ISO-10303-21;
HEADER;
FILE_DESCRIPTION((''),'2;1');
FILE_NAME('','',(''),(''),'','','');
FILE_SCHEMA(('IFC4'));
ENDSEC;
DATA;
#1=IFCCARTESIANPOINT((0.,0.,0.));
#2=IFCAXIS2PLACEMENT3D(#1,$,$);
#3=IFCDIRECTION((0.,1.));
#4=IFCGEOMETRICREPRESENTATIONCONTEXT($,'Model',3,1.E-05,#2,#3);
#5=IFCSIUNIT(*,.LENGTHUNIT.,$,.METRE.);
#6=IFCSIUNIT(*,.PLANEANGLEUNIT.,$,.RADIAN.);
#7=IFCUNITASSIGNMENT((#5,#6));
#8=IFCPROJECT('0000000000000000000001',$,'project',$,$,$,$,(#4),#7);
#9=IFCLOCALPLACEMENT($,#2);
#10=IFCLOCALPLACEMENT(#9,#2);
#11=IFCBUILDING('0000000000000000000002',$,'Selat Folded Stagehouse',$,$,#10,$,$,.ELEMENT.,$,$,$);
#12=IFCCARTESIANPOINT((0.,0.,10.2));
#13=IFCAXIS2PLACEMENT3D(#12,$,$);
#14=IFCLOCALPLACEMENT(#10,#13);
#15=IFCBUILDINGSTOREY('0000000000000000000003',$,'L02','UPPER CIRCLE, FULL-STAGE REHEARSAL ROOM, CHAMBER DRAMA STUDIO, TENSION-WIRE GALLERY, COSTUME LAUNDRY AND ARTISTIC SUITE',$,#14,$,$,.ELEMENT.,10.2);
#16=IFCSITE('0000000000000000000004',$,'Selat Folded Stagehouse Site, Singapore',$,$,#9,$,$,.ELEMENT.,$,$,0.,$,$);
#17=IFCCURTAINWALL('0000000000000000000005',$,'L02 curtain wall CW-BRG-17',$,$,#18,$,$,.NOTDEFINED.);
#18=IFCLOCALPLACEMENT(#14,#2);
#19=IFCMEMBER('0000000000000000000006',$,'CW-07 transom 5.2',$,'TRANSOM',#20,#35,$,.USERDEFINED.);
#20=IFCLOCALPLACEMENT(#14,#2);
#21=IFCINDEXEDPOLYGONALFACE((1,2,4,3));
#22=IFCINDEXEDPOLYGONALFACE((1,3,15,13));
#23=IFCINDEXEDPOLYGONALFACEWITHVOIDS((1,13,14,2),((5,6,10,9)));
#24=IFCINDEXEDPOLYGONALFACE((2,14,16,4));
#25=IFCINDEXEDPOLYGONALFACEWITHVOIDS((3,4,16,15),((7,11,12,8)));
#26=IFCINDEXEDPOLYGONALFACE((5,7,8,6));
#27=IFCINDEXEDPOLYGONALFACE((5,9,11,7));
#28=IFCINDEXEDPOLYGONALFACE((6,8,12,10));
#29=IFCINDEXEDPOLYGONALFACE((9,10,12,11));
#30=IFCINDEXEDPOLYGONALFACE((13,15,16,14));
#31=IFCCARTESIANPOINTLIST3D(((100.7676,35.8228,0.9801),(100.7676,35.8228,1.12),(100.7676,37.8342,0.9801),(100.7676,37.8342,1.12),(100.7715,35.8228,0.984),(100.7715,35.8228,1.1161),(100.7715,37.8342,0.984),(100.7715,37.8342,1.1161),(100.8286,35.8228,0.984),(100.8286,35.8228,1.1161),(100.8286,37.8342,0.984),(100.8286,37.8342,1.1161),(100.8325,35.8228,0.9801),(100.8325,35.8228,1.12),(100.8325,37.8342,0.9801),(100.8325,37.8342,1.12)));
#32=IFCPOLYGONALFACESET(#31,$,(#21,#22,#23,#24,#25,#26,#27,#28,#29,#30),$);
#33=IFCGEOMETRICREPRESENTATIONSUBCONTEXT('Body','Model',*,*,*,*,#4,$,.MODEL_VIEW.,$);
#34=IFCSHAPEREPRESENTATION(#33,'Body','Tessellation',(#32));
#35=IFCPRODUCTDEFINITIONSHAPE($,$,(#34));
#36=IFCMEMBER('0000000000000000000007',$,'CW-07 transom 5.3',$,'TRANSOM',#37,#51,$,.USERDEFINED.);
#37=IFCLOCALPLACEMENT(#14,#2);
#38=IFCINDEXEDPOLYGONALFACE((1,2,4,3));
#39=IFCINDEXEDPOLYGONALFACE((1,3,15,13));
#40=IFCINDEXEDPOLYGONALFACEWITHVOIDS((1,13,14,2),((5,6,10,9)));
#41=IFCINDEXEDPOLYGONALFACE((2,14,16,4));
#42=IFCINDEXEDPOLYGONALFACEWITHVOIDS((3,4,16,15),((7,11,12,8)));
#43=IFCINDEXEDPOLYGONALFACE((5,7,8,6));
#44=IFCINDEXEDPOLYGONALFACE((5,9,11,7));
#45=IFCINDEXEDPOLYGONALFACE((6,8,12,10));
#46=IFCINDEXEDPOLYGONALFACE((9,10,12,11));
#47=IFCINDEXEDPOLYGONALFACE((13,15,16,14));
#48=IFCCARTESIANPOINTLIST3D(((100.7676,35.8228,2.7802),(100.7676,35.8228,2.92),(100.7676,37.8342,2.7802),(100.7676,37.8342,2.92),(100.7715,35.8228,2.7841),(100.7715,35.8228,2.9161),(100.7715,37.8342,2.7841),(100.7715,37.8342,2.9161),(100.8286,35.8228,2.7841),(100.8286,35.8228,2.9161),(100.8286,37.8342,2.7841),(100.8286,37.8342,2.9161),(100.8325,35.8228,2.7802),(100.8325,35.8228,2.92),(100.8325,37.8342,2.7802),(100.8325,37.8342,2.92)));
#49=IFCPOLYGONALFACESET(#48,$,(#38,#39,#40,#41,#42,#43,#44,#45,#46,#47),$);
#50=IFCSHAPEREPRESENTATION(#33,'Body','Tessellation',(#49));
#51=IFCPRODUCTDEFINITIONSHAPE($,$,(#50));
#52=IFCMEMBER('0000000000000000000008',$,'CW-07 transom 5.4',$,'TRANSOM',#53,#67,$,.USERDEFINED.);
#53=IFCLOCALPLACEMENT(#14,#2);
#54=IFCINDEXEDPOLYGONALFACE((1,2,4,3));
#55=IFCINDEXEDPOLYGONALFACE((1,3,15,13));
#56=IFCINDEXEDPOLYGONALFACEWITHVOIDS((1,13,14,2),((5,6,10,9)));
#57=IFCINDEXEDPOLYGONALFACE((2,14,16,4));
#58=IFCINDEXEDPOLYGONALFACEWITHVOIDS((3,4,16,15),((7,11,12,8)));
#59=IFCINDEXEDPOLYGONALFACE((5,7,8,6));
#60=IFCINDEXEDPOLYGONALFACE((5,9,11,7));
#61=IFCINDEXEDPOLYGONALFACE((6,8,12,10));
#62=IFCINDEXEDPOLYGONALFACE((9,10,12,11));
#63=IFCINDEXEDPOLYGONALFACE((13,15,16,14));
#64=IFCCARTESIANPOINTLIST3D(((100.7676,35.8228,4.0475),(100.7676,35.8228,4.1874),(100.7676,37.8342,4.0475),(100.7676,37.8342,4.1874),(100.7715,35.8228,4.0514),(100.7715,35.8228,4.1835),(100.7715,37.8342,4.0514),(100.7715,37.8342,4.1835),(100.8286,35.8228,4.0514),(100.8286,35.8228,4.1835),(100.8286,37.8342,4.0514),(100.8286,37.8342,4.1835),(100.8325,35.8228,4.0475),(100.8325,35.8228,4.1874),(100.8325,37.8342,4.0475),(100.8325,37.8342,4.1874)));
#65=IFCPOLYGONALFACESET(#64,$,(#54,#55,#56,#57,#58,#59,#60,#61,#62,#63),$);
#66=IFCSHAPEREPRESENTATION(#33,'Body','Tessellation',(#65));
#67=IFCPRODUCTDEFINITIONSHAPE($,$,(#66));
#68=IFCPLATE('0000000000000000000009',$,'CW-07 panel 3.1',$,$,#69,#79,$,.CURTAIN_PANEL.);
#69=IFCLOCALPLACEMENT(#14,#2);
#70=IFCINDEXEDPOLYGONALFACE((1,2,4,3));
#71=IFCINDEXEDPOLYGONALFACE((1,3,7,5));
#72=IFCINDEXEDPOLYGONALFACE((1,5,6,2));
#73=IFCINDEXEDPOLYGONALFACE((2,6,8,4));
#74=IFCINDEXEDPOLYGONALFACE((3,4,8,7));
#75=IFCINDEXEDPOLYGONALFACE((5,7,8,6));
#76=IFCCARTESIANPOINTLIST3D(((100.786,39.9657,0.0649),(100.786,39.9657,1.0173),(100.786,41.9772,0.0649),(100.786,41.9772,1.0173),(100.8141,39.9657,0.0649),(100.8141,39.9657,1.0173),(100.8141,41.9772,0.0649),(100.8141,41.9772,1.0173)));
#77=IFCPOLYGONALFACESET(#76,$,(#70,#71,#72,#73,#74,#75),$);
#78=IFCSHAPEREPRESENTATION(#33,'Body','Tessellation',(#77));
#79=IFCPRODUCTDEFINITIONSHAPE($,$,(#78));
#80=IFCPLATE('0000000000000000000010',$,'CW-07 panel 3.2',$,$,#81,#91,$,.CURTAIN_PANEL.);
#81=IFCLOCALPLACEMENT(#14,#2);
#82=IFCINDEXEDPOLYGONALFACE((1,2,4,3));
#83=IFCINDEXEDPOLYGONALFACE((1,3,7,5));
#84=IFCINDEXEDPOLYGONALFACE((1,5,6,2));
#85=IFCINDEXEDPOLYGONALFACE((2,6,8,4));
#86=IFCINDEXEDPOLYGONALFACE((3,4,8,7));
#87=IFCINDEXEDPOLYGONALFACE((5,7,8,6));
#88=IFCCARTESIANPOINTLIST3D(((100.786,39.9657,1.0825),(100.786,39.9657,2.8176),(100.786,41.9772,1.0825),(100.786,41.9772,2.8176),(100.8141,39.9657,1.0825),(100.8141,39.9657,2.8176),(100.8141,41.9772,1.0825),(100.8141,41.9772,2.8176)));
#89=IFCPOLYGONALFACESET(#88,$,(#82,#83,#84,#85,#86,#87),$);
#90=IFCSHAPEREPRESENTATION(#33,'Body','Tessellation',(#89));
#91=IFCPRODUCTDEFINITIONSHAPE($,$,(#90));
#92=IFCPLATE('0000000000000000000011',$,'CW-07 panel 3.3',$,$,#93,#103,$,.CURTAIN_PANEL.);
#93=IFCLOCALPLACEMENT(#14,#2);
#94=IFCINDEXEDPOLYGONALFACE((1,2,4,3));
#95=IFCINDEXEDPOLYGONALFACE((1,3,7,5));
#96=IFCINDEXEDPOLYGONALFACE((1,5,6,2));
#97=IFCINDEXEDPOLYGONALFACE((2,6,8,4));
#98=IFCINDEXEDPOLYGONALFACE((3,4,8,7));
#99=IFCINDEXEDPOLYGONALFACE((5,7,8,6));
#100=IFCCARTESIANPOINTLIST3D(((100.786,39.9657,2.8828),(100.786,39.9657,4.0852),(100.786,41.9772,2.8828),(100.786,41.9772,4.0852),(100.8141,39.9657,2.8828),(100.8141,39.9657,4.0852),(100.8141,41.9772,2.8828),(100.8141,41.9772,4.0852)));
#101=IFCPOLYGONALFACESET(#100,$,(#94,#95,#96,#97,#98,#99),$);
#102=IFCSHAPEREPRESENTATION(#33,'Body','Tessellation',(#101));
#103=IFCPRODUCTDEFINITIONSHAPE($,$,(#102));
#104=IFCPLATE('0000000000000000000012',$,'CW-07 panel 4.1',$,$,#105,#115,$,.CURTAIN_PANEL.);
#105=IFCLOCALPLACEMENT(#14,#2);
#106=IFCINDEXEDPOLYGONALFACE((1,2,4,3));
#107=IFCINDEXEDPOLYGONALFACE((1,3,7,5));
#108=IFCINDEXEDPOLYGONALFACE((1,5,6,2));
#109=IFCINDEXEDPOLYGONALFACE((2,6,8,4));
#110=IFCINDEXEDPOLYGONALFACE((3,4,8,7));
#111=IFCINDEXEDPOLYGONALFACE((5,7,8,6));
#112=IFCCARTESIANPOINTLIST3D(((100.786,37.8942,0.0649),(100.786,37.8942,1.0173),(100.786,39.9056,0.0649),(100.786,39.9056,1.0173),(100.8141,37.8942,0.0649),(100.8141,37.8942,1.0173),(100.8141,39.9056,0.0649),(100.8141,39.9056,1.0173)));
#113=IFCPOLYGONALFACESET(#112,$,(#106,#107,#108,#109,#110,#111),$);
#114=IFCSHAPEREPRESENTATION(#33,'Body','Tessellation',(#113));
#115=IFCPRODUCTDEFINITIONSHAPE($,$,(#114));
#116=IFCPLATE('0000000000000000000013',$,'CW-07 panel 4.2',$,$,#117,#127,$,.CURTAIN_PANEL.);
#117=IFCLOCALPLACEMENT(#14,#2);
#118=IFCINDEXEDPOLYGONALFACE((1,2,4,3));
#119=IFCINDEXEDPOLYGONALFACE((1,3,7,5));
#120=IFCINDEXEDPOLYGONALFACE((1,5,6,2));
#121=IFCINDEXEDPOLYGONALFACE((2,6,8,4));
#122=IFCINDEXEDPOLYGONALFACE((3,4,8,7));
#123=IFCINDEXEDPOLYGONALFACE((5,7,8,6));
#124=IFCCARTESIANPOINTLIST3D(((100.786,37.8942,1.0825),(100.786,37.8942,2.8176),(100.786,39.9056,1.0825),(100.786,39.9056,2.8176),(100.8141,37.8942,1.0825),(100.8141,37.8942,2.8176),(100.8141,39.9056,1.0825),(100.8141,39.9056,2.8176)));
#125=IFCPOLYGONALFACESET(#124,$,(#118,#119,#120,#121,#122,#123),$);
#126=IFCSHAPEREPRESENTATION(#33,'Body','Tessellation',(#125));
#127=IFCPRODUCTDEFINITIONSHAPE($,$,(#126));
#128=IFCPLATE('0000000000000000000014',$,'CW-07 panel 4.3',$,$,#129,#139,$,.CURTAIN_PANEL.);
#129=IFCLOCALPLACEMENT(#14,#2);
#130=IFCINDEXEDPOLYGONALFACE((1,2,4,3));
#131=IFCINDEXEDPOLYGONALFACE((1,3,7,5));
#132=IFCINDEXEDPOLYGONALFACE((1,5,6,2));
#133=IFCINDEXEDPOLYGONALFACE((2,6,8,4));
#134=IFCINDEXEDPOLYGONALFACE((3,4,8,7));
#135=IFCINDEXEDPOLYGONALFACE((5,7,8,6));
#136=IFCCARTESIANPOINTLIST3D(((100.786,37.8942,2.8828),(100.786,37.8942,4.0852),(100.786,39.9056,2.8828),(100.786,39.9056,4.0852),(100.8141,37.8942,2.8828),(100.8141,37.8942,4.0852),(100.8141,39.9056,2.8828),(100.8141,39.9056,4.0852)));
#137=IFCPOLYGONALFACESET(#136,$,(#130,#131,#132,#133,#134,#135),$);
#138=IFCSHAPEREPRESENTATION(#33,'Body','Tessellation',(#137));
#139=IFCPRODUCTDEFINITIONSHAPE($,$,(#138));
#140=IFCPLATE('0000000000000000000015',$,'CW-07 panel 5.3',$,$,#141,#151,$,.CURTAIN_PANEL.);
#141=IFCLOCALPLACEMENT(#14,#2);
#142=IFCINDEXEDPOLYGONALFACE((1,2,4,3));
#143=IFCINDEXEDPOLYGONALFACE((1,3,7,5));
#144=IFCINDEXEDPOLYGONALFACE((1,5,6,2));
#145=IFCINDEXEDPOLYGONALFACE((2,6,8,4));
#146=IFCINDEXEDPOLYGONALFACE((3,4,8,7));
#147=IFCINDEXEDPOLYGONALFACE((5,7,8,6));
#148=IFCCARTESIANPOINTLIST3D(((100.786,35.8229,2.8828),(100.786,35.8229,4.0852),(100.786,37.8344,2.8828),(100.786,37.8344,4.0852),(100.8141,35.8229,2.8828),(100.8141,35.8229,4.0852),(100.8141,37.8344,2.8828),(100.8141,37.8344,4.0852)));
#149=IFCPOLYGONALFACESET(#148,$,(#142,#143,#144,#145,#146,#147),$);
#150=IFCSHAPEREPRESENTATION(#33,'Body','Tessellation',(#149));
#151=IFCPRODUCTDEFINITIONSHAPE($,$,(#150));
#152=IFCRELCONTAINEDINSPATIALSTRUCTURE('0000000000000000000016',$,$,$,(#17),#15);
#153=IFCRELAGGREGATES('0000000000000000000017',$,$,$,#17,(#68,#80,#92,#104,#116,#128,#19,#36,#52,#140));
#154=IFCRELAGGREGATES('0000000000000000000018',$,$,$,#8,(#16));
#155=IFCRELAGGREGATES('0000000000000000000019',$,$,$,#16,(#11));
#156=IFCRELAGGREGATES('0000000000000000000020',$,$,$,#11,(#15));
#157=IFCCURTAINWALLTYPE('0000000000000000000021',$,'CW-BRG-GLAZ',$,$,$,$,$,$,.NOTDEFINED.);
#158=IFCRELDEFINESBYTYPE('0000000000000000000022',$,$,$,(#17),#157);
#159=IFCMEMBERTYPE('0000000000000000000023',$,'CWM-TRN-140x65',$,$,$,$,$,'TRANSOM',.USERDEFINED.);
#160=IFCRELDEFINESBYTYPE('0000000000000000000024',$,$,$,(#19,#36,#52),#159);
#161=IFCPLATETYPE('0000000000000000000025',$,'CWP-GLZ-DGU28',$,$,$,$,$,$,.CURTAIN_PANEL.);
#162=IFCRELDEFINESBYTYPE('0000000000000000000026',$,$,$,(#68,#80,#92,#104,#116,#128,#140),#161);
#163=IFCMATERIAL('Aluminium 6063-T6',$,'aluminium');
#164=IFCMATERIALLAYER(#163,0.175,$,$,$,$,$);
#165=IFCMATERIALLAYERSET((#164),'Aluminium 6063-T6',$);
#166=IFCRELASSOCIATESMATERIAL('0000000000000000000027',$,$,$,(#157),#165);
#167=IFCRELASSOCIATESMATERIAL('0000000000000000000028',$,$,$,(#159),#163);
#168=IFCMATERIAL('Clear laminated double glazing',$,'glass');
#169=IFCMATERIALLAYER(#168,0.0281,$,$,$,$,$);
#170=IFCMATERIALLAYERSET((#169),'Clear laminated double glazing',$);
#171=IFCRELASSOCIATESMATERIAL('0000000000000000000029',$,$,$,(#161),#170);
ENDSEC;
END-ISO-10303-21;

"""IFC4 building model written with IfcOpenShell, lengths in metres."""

from ifc_helpers import new_model, si_unit, direction, frame, origin, origin_2d, place, context, subcontext, project, spatial, rectangle, hollow_rectangle, extrude, material, layer, layer_set, material_profile, profile_set, type_object, element, aggregate, save


model = new_model("IFC4")

# Units and contexts
model_context = context("Model", 3, precision=1e-05, world=origin(), true_north=direction((0.0, 1.0)))
body_context = subcontext(model_context, "Body", "Model", "MODEL_VIEW")
ifc_project = project(units=[si_unit("LENGTHUNIT", "METRE"), si_unit("PLANEANGLEUNIT", "RADIAN")], contexts=[model_context])

# Site, building, storey
site_placement = place(None, origin())
site = spatial("IfcSite", under=ifc_project, at=site_placement, Name="Selat Folded Stagehouse Site, Singapore", CompositionType="ELEMENT", RefElevation=0.0)
building_placement = place(site_placement, origin())
building = spatial("IfcBuilding", under=site, at=building_placement, Name="Selat Folded Stagehouse", CompositionType="ELEMENT")
storey_placement = place(building_placement, frame((0.0, 0.0, 10.2)))
storey = spatial("IfcBuildingStorey", under=building, at=storey_placement, Name="L02", Description="UPPER CIRCLE, FULL-STAGE REHEARSAL ROOM, CHAMBER DRAMA STUDIO, TENSION-WIRE GALLERY, COSTUME LAUNDRY AND ARTISTIC SUITE", CompositionType="ELEMENT", Elevation=10.2)

# Curtain wall, members, plates
ifc_material_1 = material(Name="Aluminium 6063-T6", Category="aluminium")
ifc_layer_1 = layer(ifc_material_1, 0.175)
ifc_layer_set_1 = layer_set([ifc_layer_1], Name="Aluminium 6063-T6")
curtain_wall_type = type_object("IfcCurtainWallType", Name="CW-BRG-GLAZ", PredefinedType="NOTDEFINED", material=ifc_layer_set_1)
curtain_wall_placement = place(storey_placement, origin())
curtain_wall = element("IfcCurtainWall", 1, at=curtain_wall_placement, inside=storey, type_object=curtain_wall_type, Name="L02 curtain wall CW-BRG-17", PredefinedType="NOTDEFINED")
ifc_material_profile_1 = material_profile(ifc_material_1, hollow_rectangle(XDim=0.0649, YDim=0.1399, WallThickness=0.0039, at=origin_2d()), Name="ALU 140x65x4.0")
ifc_profile_set_1 = profile_set([ifc_material_profile_1], Name="Aluminium 6063-T6")
member_type_1 = type_object("IfcMemberType", Name="CWM-TRN-140x65", ElementType="TRANSOM", PredefinedType="USERDEFINED", material=ifc_profile_set_1)
member_1_placement = place(storey_placement, frame((100.8, 37.8342, 1.05), z_axis=(0.0, -1.0, 0.0), x_axis=(1.0, 0.0, 0.0)))
member_1 = element("IfcMember", 2, at=member_1_placement, type_object=member_type_1, Name="CW-07 transom 5.2", ObjectType="TRANSOM", PredefinedType="USERDEFINED", context=body_context, shape_type="SweptSolid", body=[
    extrude(hollow_rectangle(XDim=0.0649, YDim=0.1399, WallThickness=0.0039, at=origin_2d()), origin(), (0.0, 0.0, 1.0), 2.0115),
])
member_2_placement = place(storey_placement, frame((100.8, 37.8342, 2.8501), z_axis=(0.0, -1.0, 0.0), x_axis=(1.0, 0.0, 0.0)))
member_2 = element("IfcMember", 3, at=member_2_placement, type_object=member_type_1, Name="CW-07 transom 5.3", ObjectType="TRANSOM", PredefinedType="USERDEFINED", context=body_context, shape_type="SweptSolid", body=[
    extrude(hollow_rectangle(XDim=0.0649, YDim=0.1399, WallThickness=0.0039, at=origin_2d()), origin(), (0.0, 0.0, 1.0), 2.0115),
])
member_3_placement = place(storey_placement, frame((100.8, 37.8342, 4.1174), z_axis=(0.0, -1.0, 0.0), x_axis=(1.0, 0.0, 0.0)))
member_3 = element("IfcMember", 4, at=member_3_placement, type_object=member_type_1, Name="CW-07 transom 5.4", ObjectType="TRANSOM", PredefinedType="USERDEFINED", context=body_context, shape_type="SweptSolid", body=[
    extrude(hollow_rectangle(XDim=0.0649, YDim=0.1399, WallThickness=0.0039, at=origin_2d()), origin(), (0.0, 0.0, 1.0), 2.0115),
])
ifc_material_2 = material(Name="Clear laminated double glazing", Category="glass")
ifc_layer_2 = layer(ifc_material_2, 0.0281)
ifc_layer_set_2 = layer_set([ifc_layer_2], Name="Clear laminated double glazing")
plate_type = type_object("IfcPlateType", Name="CWP-GLZ-DGU28", PredefinedType="CURTAIN_PANEL", material=ifc_layer_set_2)
plate_1_placement = place(storey_placement, frame((100.8, 40.9714, 0.0649), z_axis=(0.0, 0.0, 1.0), x_axis=(0.0, -1.0, 0.0)))
plate_1 = element("IfcPlate", 5, at=plate_1_placement, type_object=plate_type, Name="CW-07 panel 3.1", PredefinedType="CURTAIN_PANEL", context=body_context, shape_type="SweptSolid", body=[
    extrude(rectangle(XDim=2.0115, YDim=0.0281, at=origin_2d()), origin(), (0.0, 0.0, 1.0), 0.9524),
])
plate_2_placement = place(storey_placement, frame((100.8, 40.9714, 1.0825), z_axis=(0.0, 0.0, 1.0), x_axis=(0.0, -1.0, 0.0)))
plate_2 = element("IfcPlate", 6, at=plate_2_placement, type_object=plate_type, Name="CW-07 panel 3.2", PredefinedType="CURTAIN_PANEL", context=body_context, shape_type="SweptSolid", body=[
    extrude(rectangle(XDim=2.0115, YDim=0.0281, at=origin_2d()), origin(), (0.0, 0.0, 1.0), 1.7351),
])
plate_3_placement = place(storey_placement, frame((100.8, 40.9714, 2.8828), z_axis=(0.0, 0.0, 1.0), x_axis=(0.0, -1.0, 0.0)))
plate_3 = element("IfcPlate", 7, at=plate_3_placement, type_object=plate_type, Name="CW-07 panel 3.3", PredefinedType="CURTAIN_PANEL", context=body_context, shape_type="SweptSolid", body=[
    extrude(rectangle(XDim=2.0115, YDim=0.0281, at=origin_2d()), origin(), (0.0, 0.0, 1.0), 1.2024),
])
plate_4_placement = place(storey_placement, frame((100.8, 38.8999, 0.0649), z_axis=(0.0, 0.0, 1.0), x_axis=(0.0, -1.0, 0.0)))
plate_4 = element("IfcPlate", 8, at=plate_4_placement, type_object=plate_type, Name="CW-07 panel 4.1", PredefinedType="CURTAIN_PANEL", context=body_context, shape_type="SweptSolid", body=[
    extrude(rectangle(XDim=2.0115, YDim=0.0281, at=origin_2d()), origin(), (0.0, 0.0, 1.0), 0.9524),
])
plate_5_placement = place(storey_placement, frame((100.8, 38.8999, 1.0825), z_axis=(0.0, 0.0, 1.0), x_axis=(0.0, -1.0, 0.0)))
plate_5 = element("IfcPlate", 9, at=plate_5_placement, type_object=plate_type, Name="CW-07 panel 4.2", PredefinedType="CURTAIN_PANEL", context=body_context, shape_type="SweptSolid", body=[
    extrude(rectangle(XDim=2.0115, YDim=0.0281, at=origin_2d()), origin(), (0.0, 0.0, 1.0), 1.7351),
])
plate_6_placement = place(storey_placement, frame((100.8, 38.8999, 2.8828), z_axis=(0.0, 0.0, 1.0), x_axis=(0.0, -1.0, 0.0)))
plate_6 = element("IfcPlate", 10, at=plate_6_placement, type_object=plate_type, Name="CW-07 panel 4.3", PredefinedType="CURTAIN_PANEL", context=body_context, shape_type="SweptSolid", body=[
    extrude(rectangle(XDim=2.0115, YDim=0.0281, at=origin_2d()), origin(), (0.0, 0.0, 1.0), 1.2024),
])
plate_7_placement = place(storey_placement, frame((100.8, 36.8286, 2.8828), z_axis=(0.0, 0.0, 1.0), x_axis=(0.0, -1.0, 0.0)))
plate_7 = element("IfcPlate", 11, at=plate_7_placement, type_object=plate_type, Name="CW-07 panel 5.3", PredefinedType="CURTAIN_PANEL", context=body_context, shape_type="SweptSolid", body=[
    extrude(rectangle(XDim=2.0115, YDim=0.0281, at=origin_2d()), origin(), (0.0, 0.0, 1.0), 1.2024),
])
aggregate(curtain_wall, [plate_1, plate_2, plate_3, plate_4, plate_5, plate_6, member_1, member_2, member_3, plate_7])

save(model, "model.ifc")
